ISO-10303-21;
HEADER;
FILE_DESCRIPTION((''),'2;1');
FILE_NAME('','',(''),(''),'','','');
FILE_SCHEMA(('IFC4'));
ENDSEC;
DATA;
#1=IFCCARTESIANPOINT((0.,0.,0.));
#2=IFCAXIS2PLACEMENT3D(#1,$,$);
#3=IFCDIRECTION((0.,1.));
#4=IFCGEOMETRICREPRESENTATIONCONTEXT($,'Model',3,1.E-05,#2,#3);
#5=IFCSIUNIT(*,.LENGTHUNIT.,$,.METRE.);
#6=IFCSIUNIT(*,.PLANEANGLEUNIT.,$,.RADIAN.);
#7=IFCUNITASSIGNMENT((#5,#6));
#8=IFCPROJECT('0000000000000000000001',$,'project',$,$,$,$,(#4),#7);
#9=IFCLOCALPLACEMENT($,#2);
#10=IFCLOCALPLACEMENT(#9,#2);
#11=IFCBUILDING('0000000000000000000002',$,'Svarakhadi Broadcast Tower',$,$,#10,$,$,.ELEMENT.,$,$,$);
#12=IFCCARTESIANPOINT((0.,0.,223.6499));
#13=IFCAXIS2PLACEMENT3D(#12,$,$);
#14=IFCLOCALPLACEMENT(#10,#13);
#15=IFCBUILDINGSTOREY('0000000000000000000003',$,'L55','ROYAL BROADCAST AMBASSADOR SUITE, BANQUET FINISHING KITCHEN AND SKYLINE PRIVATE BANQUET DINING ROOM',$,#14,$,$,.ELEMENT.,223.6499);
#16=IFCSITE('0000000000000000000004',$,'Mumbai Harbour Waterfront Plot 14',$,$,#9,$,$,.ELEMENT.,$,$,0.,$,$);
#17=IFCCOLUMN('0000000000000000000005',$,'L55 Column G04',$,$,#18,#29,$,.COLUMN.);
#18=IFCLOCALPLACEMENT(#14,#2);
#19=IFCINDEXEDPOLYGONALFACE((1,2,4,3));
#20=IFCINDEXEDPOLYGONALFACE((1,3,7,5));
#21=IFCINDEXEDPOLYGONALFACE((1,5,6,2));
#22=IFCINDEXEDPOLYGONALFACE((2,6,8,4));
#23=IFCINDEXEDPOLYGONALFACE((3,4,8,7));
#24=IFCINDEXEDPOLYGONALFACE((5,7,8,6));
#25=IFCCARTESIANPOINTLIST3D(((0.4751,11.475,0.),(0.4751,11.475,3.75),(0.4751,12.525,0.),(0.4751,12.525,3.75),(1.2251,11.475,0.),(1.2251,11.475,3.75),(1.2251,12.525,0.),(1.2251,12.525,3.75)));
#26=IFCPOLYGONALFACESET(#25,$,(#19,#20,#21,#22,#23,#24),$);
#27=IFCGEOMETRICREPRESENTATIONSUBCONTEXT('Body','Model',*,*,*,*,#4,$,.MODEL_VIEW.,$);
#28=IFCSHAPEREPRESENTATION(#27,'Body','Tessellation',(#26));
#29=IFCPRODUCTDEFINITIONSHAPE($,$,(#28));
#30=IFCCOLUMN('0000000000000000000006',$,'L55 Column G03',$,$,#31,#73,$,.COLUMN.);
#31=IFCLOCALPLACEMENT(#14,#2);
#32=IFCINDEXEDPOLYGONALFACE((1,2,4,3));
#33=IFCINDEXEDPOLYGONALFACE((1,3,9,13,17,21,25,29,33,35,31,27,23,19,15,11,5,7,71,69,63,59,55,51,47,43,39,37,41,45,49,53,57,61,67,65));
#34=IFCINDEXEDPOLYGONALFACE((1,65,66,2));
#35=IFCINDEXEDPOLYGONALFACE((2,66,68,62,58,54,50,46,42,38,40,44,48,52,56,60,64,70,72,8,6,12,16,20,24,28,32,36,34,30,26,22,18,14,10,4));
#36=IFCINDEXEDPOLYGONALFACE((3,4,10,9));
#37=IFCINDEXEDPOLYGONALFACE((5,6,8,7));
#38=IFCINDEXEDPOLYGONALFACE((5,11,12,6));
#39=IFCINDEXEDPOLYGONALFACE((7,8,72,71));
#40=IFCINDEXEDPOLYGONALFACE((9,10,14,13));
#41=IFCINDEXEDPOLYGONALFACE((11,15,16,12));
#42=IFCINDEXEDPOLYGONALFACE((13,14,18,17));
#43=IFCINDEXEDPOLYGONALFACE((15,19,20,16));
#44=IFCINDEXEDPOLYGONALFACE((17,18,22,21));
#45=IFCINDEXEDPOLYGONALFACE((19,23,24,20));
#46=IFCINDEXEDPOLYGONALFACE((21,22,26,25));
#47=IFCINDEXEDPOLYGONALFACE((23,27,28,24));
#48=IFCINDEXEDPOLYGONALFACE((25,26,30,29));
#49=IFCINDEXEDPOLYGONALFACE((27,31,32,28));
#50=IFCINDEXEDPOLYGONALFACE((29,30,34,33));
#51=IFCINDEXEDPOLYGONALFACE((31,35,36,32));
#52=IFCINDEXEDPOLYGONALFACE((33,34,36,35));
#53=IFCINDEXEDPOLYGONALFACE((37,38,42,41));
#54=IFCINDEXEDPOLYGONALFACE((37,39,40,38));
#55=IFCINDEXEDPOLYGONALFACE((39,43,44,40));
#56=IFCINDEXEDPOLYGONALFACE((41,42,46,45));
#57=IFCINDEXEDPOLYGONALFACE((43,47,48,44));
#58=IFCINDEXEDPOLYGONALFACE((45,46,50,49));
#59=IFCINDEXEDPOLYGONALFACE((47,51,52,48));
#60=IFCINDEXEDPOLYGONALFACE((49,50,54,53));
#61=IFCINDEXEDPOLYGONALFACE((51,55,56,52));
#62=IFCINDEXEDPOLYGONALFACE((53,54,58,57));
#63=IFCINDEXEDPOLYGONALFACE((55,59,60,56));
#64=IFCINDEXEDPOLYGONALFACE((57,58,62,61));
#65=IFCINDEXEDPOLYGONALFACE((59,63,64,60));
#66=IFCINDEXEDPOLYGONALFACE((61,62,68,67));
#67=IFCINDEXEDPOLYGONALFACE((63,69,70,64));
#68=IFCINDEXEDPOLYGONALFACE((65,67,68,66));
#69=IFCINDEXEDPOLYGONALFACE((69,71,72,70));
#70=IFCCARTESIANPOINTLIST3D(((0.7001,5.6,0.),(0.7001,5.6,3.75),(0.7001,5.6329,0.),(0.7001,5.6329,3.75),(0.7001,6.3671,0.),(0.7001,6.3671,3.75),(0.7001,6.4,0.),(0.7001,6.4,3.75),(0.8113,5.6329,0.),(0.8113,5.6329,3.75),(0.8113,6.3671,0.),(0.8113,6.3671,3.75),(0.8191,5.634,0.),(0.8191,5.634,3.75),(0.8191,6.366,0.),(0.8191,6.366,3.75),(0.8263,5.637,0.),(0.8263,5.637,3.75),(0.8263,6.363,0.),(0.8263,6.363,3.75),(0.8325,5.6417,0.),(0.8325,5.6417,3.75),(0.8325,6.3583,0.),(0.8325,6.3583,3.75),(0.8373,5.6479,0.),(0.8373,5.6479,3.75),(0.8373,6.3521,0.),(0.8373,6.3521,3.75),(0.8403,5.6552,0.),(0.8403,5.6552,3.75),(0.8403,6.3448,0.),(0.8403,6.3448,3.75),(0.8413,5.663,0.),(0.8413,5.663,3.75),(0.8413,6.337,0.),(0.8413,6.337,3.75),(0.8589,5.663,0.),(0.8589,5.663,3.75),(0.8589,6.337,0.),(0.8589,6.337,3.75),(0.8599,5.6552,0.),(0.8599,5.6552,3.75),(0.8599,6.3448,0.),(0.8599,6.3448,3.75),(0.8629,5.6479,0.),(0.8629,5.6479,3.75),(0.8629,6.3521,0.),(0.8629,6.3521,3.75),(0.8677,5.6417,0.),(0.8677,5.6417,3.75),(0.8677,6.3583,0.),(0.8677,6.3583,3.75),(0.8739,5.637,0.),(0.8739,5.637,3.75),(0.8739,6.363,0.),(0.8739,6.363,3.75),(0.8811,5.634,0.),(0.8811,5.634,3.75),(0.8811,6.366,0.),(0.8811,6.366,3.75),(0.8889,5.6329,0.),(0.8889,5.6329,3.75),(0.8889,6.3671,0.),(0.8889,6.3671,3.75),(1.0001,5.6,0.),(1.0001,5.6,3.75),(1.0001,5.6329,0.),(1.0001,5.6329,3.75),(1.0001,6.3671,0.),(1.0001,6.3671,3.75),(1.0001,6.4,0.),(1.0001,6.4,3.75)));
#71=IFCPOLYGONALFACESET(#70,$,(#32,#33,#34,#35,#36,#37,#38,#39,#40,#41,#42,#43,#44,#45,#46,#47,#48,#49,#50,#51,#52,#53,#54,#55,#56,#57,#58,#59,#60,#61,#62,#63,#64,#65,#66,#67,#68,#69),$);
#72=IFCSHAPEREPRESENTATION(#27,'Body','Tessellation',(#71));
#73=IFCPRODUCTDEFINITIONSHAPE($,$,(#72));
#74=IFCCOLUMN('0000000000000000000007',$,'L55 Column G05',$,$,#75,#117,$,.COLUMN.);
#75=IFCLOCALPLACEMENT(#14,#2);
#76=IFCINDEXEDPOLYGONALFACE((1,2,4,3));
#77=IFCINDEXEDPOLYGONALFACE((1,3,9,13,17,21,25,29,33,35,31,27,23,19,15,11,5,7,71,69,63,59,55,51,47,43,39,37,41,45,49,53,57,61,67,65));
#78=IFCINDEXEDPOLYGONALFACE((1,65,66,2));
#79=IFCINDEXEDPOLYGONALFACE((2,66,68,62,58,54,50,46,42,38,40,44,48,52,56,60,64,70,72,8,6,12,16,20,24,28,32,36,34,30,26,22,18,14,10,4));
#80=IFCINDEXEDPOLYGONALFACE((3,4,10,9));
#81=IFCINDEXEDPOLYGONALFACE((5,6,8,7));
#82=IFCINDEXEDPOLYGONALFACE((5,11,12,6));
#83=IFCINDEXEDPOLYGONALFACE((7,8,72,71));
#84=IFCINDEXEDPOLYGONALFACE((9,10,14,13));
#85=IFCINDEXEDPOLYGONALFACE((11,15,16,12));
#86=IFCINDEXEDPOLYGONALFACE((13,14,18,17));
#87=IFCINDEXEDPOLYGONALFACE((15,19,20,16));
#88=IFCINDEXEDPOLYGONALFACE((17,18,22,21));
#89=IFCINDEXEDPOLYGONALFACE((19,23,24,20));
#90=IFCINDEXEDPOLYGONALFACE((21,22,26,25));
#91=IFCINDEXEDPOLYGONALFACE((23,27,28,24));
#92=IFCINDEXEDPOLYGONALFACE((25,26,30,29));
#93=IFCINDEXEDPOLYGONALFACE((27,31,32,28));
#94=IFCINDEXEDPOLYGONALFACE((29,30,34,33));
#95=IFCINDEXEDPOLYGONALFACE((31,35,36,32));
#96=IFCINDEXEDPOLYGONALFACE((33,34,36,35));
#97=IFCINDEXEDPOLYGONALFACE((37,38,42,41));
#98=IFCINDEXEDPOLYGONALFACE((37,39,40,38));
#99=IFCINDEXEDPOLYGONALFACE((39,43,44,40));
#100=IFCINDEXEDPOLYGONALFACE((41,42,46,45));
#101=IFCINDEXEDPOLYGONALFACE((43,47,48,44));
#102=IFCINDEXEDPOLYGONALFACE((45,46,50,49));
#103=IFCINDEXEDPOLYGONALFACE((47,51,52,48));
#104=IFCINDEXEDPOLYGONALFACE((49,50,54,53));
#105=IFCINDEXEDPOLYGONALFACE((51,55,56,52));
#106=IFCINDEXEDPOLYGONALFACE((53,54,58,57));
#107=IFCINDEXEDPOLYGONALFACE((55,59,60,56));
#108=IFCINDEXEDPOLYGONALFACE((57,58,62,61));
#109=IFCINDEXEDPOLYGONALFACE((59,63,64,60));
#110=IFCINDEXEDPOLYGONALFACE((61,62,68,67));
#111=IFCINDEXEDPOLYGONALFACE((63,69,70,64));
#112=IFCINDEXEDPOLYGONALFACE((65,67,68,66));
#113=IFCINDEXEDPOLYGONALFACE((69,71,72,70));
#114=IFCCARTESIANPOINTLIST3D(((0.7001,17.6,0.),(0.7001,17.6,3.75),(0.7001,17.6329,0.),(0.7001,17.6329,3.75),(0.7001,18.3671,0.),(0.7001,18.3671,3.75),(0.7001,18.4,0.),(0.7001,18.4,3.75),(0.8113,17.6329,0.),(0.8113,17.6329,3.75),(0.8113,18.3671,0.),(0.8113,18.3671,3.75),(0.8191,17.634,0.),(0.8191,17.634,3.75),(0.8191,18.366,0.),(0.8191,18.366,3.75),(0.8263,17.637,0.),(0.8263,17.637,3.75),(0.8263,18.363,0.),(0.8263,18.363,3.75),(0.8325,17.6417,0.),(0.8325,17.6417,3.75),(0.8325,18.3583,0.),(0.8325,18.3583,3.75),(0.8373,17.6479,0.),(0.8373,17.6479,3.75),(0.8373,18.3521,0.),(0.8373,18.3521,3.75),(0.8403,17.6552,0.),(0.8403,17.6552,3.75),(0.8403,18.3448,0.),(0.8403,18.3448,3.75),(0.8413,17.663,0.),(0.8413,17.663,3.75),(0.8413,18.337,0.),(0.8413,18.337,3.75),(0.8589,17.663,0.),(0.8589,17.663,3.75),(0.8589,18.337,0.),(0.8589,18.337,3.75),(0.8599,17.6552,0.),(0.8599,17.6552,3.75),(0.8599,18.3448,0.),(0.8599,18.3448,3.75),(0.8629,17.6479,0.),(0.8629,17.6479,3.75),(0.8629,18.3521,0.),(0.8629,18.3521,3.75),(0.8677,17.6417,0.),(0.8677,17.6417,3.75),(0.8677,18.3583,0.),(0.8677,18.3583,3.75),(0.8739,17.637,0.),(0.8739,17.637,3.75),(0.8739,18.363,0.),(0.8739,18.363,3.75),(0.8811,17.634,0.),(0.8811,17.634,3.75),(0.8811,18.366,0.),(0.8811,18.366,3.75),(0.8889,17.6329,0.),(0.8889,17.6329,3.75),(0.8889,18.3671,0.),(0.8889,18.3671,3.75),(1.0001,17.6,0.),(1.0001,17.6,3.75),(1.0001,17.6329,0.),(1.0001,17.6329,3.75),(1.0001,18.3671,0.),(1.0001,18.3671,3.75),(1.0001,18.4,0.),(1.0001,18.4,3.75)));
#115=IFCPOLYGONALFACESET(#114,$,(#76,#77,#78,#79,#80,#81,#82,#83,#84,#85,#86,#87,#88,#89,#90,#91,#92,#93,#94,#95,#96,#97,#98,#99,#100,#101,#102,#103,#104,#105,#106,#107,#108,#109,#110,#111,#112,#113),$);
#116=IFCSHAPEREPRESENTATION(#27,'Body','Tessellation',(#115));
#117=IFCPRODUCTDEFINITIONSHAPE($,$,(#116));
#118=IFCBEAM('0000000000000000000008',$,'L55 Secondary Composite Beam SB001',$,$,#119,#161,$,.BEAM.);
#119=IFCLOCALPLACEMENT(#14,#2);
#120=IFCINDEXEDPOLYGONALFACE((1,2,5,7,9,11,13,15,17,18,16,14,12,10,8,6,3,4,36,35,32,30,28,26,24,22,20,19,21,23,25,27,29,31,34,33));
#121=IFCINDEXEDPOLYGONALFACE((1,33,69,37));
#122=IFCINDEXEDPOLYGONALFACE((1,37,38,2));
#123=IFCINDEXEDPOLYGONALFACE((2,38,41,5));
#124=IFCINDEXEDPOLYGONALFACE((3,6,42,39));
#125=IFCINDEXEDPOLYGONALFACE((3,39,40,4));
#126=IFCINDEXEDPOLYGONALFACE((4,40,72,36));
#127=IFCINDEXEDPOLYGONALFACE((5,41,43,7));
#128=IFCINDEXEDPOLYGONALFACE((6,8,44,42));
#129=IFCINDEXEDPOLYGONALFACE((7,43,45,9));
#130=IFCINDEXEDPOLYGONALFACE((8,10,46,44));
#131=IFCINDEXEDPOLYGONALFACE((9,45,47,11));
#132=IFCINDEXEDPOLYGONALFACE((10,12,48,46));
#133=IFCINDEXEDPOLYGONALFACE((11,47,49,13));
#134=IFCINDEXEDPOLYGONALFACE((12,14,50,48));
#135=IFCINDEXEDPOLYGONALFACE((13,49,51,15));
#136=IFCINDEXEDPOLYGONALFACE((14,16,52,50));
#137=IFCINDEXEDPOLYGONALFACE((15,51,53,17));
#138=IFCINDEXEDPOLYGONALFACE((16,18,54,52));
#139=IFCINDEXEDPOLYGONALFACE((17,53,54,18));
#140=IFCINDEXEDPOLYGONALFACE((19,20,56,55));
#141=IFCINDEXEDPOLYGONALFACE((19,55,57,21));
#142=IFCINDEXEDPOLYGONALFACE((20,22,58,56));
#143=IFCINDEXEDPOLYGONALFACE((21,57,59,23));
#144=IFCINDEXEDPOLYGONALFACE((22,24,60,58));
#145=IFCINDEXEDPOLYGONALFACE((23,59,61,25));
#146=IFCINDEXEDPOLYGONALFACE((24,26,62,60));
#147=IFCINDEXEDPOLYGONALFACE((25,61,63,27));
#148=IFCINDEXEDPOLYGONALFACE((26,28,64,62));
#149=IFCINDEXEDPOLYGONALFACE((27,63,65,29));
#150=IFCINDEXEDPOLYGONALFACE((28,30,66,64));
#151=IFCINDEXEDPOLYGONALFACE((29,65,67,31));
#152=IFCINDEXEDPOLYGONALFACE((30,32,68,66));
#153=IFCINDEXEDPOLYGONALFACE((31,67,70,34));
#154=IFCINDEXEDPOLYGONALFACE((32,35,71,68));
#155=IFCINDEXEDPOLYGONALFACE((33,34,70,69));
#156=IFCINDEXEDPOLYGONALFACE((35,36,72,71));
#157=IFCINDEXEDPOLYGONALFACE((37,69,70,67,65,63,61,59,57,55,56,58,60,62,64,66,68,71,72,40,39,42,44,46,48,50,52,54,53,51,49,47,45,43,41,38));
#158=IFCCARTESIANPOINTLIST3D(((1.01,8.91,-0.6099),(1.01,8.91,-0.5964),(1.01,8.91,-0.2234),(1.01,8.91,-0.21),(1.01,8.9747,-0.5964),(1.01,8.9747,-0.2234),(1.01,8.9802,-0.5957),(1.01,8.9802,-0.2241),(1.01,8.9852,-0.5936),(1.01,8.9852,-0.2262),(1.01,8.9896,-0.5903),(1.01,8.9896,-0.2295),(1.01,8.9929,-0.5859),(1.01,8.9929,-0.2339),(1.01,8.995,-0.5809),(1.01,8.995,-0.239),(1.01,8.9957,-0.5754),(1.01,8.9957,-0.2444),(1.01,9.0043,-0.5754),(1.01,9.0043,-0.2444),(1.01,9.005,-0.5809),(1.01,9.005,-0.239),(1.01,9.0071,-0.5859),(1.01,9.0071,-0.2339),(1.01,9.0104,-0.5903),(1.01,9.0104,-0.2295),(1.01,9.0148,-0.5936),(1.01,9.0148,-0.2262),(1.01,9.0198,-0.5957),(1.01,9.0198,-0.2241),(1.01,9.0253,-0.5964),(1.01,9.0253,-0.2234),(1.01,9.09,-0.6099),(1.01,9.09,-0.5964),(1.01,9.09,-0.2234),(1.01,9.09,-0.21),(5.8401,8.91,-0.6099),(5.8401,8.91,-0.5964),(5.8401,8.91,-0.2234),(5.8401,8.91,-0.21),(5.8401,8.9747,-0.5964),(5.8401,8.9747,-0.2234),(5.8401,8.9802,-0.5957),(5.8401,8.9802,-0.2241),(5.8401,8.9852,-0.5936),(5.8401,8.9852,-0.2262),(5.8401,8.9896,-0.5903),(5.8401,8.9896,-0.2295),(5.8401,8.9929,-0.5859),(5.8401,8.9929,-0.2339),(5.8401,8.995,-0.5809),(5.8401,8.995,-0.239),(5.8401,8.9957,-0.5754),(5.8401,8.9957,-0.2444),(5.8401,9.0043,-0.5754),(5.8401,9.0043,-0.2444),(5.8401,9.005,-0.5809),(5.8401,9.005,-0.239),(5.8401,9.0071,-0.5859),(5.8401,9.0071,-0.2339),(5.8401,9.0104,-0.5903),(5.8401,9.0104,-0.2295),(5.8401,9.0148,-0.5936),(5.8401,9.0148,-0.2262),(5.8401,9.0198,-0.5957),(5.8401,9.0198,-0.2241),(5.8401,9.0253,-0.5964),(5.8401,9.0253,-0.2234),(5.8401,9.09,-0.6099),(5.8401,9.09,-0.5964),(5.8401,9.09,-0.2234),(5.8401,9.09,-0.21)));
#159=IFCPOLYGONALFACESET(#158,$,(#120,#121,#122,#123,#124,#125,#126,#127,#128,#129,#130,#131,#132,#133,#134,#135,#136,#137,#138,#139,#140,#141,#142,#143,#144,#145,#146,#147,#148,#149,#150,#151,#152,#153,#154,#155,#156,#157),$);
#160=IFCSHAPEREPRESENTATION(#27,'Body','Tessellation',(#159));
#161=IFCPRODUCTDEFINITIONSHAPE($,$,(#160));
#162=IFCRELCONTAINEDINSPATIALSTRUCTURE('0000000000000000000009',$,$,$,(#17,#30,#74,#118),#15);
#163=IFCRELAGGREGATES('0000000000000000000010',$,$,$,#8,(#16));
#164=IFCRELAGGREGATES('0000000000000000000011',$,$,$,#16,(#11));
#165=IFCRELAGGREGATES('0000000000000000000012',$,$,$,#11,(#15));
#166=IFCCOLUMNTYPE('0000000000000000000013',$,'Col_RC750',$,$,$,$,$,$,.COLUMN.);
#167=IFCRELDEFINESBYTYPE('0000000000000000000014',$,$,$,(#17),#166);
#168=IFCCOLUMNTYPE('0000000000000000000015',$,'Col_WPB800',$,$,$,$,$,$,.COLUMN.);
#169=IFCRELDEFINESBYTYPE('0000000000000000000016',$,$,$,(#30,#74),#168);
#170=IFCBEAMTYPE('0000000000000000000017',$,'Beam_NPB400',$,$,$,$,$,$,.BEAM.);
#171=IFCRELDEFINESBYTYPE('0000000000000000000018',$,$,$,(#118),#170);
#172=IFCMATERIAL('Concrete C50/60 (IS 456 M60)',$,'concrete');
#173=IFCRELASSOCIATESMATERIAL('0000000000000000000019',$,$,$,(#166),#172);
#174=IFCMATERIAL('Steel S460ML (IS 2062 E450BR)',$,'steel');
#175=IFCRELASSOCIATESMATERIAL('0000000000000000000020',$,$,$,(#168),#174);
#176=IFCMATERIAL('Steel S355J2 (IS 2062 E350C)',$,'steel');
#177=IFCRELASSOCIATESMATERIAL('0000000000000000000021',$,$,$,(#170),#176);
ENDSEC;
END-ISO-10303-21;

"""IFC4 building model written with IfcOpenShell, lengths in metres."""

from ifc_helpers import new_model, si_unit, direction, frame, origin, origin_2d, place, context, subcontext, project, spatial, rectangle, i_section, extrude, material, material_profile, profile_set, type_object, element, save


model = new_model("IFC4")

# Units and contexts
model_context = context("Model", 3, precision=1e-05, world=origin(), true_north=direction((0.0, 1.0)))
body_context = subcontext(model_context, "Body", "Model", "MODEL_VIEW")
ifc_project = project(units=[si_unit("LENGTHUNIT", "METRE"), si_unit("PLANEANGLEUNIT", "RADIAN")], contexts=[model_context])

# Site, building, storey
site_placement = place(None, origin())
site = spatial("IfcSite", under=ifc_project, at=site_placement, Name="Mumbai Harbour Waterfront Plot 14", CompositionType="ELEMENT", RefElevation=0.0)
building_placement = place(site_placement, origin())
building = spatial("IfcBuilding", under=site, at=building_placement, Name="Svarakhadi Broadcast Tower", CompositionType="ELEMENT")
storey_placement = place(building_placement, frame((0.0, 0.0, 223.6499)))
storey = spatial("IfcBuildingStorey", under=building, at=storey_placement, Name="L55", Description="ROYAL BROADCAST AMBASSADOR SUITE, BANQUET FINISHING KITCHEN AND SKYLINE PRIVATE BANQUET DINING ROOM", CompositionType="ELEMENT", Elevation=223.6499)

# Columns
ifc_material_1 = material(Name="Concrete C50/60 (IS 456 M60)", Category="concrete")
ifc_material_profile_1 = material_profile(ifc_material_1, rectangle(XDim=0.75, YDim=1.05, at=origin_2d()), Name="RC 750x1050")
ifc_profile_set_1 = profile_set([ifc_material_profile_1], Name="Concrete C50/60 (IS 456 M60)")
column_type_1 = type_object("IfcColumnType", Name="Col_RC750", PredefinedType="COLUMN", material=ifc_profile_set_1)
column_placement = place(storey_placement, frame((0.8501, 12.0, 0.0), z_axis=(0.0, 0.0, 1.0), x_axis=(1.0, 0.0, 0.0)))
element("IfcColumn", 1, at=column_placement, inside=storey, type_object=column_type_1, Name="L55 Column G04", PredefinedType="COLUMN", context=body_context, shape_type="SweptSolid", body=[
    extrude(rectangle(XDim=0.75, YDim=1.05, at=origin_2d()), origin(), (0.0, 0.0, 1.0), 3.75),
])
ifc_material_2 = material(Name="Steel S460ML (IS 2062 E450BR)", Category="steel")
ifc_material_profile_2 = material_profile(ifc_material_2, i_section(OverallWidth=0.3, OverallDepth=0.8, WebThickness=0.0176, FlangeThickness=0.033, FilletRadius=0.03, at=origin_2d()), Name="WPB 800x300x262")
ifc_profile_set_2 = profile_set([ifc_material_profile_2], Name="Steel S460ML (IS 2062 E450BR)")
column_type_2 = type_object("IfcColumnType", Name="Col_WPB800", PredefinedType="COLUMN", material=ifc_profile_set_2)
for number, where, z_axis, x_axis, name in (
    (2, (0.8501, 6.0, 0.0), (0.0, 0.0, 1.0), (1.0, 0.0, 0.0), "L55 Column G03"),
    (3, (0.8501, 18.0, 0.0), (0.0, 0.0, 1.0), (1.0, 0.0, 0.0), "L55 Column G05"),
):
    element("IfcColumn", number, at=place(storey_placement, frame(where, z_axis=z_axis, x_axis=x_axis)), inside=storey, type_object=column_type_2, Name=name, PredefinedType="COLUMN", context=body_context, shape_type="SweptSolid", body=[
        extrude(i_section(OverallWidth=0.3, OverallDepth=0.8, WebThickness=0.0176, FlangeThickness=0.033, FilletRadius=0.03, at=origin_2d()), origin(), (0.0, 0.0, 1.0), 3.75),
    ])

# Beam
ifc_material_3 = material(Name="Steel S355J2 (IS 2062 E350C)", Category="steel")
ifc_material_profile_3 = material_profile(ifc_material_3, i_section(OverallWidth=0.1799, OverallDepth=0.3999, WebThickness=0.0085, FlangeThickness=0.0134, FilletRadius=0.021, at=origin_2d()), Name="NPB 400x180x66")
ifc_profile_set_3 = profile_set([ifc_material_profile_3], Name="Steel S355J2 (IS 2062 E350C)")
beam_type_1 = type_object("IfcBeamType", Name="Beam_NPB400", PredefinedType="BEAM", material=ifc_profile_set_3)
for number, where, z_axis, x_axis, name in (
    (4, (1.01, 9.0, -0.4099), (1.0, 0.0, 0.0), (0.0, 1.0, 0.0), "L55 Secondary Composite Beam SB001"),
):
    element("IfcBeam", number, at=place(storey_placement, frame(where, z_axis=z_axis, x_axis=x_axis)), inside=storey, type_object=beam_type_1, Name=name, PredefinedType="BEAM", context=body_context, shape_type="SweptSolid", body=[
        extrude(i_section(OverallWidth=0.1799, OverallDepth=0.3999, WebThickness=0.0085, FlangeThickness=0.0134, FilletRadius=0.021, at=origin_2d()), origin(), (0.0, 0.0, 1.0), 4.8301),
    ])

save(model, "model.ifc")
